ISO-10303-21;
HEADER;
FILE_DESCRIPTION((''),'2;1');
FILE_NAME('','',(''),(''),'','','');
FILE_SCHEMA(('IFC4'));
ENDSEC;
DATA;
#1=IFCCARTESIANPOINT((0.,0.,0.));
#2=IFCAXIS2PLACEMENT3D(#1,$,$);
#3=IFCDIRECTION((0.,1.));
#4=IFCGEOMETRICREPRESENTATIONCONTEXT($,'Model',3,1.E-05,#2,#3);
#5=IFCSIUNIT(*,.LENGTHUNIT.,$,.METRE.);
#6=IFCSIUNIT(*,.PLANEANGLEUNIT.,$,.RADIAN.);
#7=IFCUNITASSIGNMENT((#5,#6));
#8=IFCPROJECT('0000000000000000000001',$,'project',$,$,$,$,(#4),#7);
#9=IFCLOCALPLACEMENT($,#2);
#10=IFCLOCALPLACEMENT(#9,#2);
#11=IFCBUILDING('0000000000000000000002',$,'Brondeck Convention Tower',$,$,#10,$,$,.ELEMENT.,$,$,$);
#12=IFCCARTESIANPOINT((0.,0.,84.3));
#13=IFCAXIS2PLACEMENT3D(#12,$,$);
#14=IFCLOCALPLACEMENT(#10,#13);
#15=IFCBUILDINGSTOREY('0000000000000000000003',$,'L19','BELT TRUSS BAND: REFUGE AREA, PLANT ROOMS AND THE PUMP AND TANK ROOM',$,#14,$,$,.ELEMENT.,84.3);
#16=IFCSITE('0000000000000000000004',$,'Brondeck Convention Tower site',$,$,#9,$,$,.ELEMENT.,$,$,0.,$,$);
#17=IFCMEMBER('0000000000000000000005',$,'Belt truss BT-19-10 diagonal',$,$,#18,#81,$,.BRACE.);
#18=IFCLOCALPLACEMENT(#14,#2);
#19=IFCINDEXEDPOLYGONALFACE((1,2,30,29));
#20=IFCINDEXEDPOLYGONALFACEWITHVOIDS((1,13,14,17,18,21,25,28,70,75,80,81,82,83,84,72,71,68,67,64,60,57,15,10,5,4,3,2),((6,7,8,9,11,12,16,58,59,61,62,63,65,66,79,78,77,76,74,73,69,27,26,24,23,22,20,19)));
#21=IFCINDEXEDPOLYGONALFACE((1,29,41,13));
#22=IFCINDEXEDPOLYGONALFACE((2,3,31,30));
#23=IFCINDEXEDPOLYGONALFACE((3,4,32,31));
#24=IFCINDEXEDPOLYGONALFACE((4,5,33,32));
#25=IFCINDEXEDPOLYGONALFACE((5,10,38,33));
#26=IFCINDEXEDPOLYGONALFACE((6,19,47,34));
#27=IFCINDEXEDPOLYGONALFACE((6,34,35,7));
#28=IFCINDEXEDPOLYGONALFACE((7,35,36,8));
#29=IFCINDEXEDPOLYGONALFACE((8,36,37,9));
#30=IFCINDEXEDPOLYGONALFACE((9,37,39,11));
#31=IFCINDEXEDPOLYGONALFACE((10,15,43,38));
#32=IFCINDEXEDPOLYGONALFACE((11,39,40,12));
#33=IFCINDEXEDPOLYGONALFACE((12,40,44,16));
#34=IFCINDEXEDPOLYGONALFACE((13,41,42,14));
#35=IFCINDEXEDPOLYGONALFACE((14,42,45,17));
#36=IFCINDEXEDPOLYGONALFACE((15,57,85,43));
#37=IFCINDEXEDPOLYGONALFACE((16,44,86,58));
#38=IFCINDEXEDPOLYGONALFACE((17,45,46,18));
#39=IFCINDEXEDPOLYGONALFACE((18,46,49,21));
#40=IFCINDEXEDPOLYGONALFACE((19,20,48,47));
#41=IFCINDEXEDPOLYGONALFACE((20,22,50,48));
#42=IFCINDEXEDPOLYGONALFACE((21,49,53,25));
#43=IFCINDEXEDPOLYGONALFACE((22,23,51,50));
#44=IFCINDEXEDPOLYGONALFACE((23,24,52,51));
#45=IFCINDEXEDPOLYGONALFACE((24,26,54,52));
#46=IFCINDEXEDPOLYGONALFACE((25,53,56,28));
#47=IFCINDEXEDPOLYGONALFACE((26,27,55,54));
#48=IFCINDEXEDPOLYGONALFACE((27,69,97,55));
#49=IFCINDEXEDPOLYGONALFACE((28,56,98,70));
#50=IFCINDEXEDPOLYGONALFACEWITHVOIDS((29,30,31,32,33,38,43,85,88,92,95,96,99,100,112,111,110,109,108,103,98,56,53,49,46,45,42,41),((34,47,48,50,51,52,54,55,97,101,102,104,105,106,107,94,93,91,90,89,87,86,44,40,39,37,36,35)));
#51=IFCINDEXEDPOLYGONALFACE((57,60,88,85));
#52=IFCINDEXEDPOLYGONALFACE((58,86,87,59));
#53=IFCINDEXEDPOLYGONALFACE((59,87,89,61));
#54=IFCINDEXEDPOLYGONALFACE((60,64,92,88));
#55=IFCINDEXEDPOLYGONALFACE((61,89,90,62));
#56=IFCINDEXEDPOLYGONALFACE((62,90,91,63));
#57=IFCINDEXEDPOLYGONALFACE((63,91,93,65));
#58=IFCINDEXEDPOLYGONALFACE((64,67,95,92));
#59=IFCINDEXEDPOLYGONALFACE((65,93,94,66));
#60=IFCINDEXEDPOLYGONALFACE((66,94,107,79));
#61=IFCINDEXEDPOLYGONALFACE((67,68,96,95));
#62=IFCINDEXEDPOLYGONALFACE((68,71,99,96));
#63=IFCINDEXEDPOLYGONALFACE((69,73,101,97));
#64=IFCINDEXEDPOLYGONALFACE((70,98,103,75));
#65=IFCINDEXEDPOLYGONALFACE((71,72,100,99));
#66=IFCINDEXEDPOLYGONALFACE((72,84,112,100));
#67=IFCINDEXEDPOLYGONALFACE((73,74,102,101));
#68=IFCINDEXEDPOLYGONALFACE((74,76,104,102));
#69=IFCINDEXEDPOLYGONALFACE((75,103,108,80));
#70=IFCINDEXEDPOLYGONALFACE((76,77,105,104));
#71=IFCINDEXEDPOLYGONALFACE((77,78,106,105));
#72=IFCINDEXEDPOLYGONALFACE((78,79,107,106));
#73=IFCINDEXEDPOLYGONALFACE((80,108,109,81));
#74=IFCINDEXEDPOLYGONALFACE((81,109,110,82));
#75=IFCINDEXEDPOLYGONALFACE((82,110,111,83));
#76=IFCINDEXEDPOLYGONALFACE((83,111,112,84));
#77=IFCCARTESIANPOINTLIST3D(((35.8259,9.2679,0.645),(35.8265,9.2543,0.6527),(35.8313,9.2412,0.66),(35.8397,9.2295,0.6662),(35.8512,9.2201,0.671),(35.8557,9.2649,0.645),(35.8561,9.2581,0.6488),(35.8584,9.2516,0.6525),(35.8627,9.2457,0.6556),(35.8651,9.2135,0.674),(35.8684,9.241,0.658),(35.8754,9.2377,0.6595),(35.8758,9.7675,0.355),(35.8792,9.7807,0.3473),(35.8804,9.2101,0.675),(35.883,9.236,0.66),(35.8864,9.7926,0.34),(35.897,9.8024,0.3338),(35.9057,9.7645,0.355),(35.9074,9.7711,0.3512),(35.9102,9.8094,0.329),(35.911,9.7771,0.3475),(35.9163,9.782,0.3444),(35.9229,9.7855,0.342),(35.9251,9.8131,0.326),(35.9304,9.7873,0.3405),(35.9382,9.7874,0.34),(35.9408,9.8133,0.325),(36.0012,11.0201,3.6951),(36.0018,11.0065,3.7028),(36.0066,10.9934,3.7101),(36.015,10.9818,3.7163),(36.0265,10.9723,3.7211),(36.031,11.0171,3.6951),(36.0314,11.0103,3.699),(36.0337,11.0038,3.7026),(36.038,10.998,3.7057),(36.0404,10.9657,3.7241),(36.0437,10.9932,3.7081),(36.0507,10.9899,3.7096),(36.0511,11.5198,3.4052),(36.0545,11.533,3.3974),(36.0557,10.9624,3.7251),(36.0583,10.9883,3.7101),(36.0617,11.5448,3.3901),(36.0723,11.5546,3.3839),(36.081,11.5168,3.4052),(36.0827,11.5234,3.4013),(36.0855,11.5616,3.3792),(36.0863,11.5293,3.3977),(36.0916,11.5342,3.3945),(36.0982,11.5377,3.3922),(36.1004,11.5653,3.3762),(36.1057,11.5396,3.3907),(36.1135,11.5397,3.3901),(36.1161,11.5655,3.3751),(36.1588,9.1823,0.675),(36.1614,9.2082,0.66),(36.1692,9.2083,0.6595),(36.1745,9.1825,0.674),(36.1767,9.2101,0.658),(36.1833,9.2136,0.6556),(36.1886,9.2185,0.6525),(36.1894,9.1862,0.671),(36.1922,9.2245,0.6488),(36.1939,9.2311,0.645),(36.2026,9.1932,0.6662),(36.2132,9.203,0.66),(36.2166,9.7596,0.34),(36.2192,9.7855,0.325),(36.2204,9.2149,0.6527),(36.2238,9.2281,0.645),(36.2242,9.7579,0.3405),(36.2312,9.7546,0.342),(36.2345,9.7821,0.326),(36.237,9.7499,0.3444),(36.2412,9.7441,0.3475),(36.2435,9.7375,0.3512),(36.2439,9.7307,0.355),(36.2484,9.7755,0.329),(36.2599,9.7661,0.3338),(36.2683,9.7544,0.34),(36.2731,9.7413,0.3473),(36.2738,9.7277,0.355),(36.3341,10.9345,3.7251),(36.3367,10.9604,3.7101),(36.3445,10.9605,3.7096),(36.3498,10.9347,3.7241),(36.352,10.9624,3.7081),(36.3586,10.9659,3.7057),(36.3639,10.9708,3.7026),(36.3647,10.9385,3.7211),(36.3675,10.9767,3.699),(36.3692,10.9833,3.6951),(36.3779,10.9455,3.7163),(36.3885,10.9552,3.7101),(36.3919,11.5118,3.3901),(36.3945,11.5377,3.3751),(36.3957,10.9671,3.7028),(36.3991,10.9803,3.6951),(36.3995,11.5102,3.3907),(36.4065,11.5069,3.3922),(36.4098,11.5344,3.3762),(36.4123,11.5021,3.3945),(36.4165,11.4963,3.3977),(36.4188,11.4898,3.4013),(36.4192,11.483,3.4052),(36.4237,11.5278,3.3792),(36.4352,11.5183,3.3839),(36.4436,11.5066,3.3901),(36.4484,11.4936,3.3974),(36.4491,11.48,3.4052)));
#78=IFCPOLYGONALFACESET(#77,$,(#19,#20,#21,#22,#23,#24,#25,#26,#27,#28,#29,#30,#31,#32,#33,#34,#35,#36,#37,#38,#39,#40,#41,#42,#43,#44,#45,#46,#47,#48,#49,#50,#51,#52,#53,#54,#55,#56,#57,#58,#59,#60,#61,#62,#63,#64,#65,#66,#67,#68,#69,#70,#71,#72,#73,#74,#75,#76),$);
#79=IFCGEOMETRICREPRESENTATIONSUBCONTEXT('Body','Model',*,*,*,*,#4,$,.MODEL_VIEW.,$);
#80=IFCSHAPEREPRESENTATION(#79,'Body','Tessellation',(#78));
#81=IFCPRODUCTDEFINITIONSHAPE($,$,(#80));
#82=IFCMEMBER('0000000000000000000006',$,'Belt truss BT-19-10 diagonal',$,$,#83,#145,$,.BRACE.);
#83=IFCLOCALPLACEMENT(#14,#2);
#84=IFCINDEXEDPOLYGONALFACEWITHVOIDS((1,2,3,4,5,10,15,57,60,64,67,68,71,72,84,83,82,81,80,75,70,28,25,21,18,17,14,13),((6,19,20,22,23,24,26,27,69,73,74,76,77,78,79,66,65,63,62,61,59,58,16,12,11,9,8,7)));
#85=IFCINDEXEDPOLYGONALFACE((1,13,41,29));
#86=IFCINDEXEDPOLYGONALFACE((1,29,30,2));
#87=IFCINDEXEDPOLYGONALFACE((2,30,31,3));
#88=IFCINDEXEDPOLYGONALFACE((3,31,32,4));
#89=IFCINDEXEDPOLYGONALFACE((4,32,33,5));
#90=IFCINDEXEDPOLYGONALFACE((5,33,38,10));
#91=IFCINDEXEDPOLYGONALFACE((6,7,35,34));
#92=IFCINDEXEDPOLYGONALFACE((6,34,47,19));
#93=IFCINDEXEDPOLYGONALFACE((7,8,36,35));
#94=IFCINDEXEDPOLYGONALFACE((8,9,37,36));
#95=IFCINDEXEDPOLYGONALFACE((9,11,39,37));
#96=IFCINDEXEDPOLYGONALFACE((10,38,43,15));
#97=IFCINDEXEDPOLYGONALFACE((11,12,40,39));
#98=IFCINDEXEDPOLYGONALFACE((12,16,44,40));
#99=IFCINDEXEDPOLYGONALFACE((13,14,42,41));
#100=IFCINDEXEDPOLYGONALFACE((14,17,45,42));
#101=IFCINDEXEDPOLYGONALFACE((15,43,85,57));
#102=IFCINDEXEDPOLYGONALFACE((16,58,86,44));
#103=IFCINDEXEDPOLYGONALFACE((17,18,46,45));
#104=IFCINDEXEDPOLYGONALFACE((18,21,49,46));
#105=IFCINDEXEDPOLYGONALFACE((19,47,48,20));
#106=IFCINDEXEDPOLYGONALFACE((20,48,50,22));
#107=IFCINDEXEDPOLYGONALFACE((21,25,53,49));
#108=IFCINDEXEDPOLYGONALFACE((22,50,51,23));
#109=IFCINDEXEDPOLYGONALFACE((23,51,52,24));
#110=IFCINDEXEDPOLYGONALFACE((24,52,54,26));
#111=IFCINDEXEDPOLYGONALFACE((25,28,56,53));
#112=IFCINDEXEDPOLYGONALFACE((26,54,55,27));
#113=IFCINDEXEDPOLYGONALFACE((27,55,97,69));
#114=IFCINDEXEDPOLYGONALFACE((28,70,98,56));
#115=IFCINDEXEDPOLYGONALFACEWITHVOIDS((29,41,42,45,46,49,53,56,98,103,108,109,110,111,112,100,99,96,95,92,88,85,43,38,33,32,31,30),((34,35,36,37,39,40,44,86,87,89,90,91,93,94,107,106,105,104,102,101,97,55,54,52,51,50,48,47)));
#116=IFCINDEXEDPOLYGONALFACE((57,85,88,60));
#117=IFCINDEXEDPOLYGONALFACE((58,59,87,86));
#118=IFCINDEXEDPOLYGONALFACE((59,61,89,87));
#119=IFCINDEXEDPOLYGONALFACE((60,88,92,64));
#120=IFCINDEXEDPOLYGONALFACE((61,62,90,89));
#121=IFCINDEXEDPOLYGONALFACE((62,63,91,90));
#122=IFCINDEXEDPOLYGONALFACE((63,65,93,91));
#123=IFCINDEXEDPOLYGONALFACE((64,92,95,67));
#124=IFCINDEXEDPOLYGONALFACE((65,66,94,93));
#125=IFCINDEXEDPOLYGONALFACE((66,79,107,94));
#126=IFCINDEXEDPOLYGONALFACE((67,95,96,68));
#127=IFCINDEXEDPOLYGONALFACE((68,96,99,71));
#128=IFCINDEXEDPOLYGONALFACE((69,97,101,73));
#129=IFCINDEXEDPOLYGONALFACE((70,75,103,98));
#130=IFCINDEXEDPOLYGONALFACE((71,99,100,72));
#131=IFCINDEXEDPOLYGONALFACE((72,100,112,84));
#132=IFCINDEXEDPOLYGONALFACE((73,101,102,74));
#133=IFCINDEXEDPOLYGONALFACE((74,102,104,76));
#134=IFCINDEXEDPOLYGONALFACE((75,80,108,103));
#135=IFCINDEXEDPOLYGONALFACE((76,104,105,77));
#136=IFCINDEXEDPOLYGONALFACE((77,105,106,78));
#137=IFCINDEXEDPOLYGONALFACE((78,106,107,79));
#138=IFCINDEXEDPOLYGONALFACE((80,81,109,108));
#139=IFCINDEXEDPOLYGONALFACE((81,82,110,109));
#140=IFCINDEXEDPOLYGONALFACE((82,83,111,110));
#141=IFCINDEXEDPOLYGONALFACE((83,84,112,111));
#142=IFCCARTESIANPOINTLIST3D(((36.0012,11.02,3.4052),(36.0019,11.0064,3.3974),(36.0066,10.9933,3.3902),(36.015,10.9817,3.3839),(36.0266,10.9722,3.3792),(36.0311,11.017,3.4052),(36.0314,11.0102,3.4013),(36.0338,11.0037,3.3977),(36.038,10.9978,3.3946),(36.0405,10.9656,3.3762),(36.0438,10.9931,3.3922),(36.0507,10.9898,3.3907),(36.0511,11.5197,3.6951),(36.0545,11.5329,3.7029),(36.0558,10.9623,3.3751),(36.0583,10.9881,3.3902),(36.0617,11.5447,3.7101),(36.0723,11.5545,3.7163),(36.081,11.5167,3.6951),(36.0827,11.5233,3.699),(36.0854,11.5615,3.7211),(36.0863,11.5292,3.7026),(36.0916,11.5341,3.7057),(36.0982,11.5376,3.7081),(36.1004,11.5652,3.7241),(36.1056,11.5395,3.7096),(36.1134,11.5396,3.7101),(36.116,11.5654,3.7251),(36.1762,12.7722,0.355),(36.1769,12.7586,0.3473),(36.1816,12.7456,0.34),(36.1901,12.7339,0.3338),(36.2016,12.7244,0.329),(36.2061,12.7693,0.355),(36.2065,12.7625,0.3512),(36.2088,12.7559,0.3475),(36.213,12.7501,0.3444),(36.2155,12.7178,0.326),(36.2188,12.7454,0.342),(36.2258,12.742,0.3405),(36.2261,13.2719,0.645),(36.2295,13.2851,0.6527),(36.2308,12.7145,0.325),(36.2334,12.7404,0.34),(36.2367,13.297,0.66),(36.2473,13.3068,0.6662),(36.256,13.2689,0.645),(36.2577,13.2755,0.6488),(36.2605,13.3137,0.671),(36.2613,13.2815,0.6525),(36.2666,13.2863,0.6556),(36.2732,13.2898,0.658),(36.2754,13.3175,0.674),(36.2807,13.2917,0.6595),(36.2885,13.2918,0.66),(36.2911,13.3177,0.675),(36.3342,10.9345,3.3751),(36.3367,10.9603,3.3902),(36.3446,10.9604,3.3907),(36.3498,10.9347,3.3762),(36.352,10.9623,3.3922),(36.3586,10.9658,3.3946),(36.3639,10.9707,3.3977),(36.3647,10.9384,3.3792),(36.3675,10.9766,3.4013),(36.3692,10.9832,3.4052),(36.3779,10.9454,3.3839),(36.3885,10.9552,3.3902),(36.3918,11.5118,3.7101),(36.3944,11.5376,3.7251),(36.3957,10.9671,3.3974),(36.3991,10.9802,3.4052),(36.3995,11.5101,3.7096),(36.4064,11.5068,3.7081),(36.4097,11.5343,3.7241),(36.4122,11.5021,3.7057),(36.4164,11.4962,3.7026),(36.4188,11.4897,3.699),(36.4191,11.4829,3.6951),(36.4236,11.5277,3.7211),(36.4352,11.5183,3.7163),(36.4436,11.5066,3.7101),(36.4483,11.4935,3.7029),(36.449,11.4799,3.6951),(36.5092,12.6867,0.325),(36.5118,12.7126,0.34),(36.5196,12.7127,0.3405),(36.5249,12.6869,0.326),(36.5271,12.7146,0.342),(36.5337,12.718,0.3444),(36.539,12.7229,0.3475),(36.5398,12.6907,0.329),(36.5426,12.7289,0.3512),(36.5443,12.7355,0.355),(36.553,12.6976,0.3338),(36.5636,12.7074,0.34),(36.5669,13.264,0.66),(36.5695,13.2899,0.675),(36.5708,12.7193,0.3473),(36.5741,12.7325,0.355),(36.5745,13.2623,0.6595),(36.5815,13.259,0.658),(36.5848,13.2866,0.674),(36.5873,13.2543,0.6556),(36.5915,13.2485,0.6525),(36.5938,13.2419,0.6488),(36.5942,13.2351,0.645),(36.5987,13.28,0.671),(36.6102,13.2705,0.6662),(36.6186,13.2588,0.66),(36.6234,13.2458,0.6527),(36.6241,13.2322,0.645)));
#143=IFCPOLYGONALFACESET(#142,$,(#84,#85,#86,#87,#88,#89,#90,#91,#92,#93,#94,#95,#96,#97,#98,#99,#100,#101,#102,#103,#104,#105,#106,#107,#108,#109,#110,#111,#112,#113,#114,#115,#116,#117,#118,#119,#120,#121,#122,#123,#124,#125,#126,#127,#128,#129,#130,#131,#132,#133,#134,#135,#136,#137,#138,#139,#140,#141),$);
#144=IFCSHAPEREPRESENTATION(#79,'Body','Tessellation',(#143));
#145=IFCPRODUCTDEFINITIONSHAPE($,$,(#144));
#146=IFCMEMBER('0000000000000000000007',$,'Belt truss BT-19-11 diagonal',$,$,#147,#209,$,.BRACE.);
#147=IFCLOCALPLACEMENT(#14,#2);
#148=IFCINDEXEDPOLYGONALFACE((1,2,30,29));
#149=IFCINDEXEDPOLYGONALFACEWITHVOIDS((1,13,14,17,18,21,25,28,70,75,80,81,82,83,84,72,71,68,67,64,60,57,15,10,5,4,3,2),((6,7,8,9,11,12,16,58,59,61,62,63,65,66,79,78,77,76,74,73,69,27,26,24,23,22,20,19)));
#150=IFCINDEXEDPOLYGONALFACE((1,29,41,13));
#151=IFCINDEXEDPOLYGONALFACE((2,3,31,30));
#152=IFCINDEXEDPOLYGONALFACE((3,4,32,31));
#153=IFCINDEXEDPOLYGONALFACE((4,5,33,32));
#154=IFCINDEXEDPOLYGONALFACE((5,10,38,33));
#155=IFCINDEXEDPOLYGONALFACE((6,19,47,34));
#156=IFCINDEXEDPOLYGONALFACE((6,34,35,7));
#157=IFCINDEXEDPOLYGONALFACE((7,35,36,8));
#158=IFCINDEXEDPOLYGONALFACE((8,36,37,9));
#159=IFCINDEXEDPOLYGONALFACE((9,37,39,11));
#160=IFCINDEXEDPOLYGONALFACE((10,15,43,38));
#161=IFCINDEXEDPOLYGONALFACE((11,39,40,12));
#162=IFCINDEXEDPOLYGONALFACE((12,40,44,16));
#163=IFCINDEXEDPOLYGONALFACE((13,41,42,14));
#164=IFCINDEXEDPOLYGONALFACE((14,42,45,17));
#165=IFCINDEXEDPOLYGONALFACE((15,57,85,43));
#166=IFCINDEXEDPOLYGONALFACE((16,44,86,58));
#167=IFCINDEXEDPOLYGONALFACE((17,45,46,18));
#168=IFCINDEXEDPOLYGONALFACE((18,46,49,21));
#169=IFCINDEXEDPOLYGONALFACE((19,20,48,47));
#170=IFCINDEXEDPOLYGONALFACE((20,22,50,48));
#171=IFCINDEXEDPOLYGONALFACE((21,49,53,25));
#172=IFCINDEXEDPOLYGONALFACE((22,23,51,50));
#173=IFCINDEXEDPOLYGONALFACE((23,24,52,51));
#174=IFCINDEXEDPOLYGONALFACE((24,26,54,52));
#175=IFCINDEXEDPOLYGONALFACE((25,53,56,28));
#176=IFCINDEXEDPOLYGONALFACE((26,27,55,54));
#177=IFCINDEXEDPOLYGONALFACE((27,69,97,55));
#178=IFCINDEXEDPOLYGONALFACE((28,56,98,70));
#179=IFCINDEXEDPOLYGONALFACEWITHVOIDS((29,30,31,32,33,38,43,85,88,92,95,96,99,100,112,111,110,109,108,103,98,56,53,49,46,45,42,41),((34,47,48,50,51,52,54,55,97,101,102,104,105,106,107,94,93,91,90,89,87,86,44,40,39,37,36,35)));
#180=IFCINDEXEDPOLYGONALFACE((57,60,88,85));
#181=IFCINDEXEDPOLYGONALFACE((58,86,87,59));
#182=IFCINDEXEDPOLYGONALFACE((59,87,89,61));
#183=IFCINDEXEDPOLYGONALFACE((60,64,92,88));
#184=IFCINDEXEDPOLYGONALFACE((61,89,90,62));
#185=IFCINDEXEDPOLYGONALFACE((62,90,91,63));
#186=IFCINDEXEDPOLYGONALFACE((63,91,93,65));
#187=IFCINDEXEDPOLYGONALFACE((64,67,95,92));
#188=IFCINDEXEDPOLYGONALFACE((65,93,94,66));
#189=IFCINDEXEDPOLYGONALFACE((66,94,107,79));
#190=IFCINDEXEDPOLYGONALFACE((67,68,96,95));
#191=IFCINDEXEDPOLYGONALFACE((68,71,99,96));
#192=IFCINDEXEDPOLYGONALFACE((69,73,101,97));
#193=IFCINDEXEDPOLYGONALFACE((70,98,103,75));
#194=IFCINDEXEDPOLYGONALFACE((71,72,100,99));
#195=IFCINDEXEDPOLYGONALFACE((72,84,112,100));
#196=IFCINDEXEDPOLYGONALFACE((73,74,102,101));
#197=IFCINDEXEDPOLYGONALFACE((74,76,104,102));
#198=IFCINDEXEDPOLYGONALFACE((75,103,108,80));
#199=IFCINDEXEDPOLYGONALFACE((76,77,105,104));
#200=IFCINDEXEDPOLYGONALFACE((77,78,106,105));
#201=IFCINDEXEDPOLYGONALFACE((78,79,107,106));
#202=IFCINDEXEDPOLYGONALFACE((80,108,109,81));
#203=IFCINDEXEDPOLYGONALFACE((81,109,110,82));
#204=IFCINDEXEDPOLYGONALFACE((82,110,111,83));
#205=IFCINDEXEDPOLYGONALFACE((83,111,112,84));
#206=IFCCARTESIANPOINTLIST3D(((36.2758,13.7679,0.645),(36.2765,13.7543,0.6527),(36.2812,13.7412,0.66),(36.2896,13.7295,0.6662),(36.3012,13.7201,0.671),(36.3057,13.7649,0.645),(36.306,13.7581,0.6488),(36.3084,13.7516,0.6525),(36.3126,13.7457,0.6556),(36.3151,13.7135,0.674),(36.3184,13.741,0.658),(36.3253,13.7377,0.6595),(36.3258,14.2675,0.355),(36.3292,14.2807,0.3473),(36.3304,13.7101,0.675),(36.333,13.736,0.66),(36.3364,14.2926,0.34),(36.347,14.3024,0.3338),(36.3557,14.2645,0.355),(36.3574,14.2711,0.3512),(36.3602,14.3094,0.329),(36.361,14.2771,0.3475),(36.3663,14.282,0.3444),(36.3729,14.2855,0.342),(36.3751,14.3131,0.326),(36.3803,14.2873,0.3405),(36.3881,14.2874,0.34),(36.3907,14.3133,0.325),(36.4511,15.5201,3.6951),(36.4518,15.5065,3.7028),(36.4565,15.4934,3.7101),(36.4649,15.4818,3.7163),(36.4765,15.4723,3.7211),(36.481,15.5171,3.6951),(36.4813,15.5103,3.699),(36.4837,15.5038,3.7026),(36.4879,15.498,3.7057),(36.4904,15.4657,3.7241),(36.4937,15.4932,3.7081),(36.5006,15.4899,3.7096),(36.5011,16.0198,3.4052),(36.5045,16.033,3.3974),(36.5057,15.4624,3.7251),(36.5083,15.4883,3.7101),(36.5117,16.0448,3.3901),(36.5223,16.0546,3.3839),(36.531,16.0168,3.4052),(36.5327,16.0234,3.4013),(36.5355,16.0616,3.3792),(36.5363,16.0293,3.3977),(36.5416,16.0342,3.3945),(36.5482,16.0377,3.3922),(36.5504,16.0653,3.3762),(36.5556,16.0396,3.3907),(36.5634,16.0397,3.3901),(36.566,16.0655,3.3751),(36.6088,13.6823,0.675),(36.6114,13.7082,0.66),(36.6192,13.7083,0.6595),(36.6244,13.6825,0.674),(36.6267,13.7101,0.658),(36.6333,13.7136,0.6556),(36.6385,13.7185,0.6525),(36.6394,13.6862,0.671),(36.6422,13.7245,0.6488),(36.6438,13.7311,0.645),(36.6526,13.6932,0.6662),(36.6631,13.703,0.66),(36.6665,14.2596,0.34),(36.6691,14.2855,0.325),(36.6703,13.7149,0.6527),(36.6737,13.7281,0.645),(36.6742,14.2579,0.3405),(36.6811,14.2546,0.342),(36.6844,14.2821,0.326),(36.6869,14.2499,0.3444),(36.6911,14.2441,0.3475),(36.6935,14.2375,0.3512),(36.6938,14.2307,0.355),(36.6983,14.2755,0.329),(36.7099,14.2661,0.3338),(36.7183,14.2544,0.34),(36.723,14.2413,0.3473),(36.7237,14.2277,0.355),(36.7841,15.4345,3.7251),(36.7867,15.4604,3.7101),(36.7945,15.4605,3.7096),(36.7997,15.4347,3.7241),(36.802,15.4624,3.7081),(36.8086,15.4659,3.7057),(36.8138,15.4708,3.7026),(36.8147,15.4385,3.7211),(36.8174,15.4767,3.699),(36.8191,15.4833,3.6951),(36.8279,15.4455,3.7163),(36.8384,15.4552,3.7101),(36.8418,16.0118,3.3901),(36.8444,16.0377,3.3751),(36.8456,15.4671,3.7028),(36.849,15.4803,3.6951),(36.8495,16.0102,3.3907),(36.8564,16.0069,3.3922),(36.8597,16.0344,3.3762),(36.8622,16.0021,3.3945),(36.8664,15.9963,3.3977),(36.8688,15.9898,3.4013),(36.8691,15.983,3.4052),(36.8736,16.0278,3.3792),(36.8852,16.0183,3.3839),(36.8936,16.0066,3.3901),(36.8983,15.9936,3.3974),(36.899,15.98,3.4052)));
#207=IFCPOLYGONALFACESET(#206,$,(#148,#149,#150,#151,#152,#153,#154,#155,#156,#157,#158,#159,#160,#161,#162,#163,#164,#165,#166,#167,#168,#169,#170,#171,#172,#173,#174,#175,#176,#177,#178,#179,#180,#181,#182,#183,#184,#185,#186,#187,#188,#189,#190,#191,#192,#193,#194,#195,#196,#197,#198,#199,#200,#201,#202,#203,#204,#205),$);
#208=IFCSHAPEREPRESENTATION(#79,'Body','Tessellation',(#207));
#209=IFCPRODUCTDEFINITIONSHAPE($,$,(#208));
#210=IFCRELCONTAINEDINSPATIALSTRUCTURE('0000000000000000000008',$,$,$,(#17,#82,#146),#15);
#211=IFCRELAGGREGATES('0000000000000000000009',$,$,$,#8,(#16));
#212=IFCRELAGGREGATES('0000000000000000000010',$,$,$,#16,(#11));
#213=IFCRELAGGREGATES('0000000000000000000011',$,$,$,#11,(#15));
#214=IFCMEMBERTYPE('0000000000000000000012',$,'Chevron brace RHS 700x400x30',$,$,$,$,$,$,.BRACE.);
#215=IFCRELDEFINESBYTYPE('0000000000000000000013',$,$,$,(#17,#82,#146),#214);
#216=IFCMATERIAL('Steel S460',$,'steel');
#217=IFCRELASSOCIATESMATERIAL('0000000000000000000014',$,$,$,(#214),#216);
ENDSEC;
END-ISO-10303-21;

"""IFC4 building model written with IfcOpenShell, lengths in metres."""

from ifc_helpers import new_model, si_unit, direction, frame, origin, origin_2d, place, context, subcontext, project, spatial, hollow_rectangle, extrude, material, material_profile, profile_set, type_object, element, save


model = new_model("IFC4")

# Units and contexts
model_context = context("Model", 3, precision=1e-05, world=origin(), true_north=direction((0.0, 1.0)))
body_context = subcontext(model_context, "Body", "Model", "MODEL_VIEW")
ifc_project = project(units=[si_unit("LENGTHUNIT", "METRE"), si_unit("PLANEANGLEUNIT", "RADIAN")], contexts=[model_context])

# Site, building, storey
site_placement = place(None, origin())
site = spatial("IfcSite", under=ifc_project, at=site_placement, Name="Brondeck Convention Tower site", CompositionType="ELEMENT", RefElevation=0.0)
building_placement = place(site_placement, origin())
building = spatial("IfcBuilding", under=site, at=building_placement, Name="Brondeck Convention Tower", CompositionType="ELEMENT")
storey_placement = place(building_placement, frame((0.0, 0.0, 84.3)))
storey = spatial("IfcBuildingStorey", under=building, at=storey_placement, Name="L19", Description="BELT TRUSS BAND: REFUGE AREA, PLANT ROOMS AND THE PUMP AND TANK ROOM", CompositionType="ELEMENT", Elevation=84.3)

# Members
ifc_material_1 = material(Name="Steel S460", Category="steel")
ifc_material_profile_1 = material_profile(ifc_material_1, hollow_rectangle(XDim=0.3999, YDim=0.7, WallThickness=0.03, InnerFilletRadius=0.03, OuterFilletRadius=0.0601, at=origin_2d()), Name="RHS 700x400x30")
ifc_profile_set_1 = profile_set([ifc_material_profile_1], Name="Steel S460")
member_type_1 = type_object("IfcMemberType", Name="Chevron brace RHS 700x400x30", PredefinedType="BRACE", material=ifc_profile_set_1)
for number, where, z_axis, x_axis, name in (
    (1, (36.0498, 9.4978, 0.5), (0.049772, 0.497516, 0.866026), (-0.995033, 0.099545, 0.0), "Belt truss BT-19-10 diagonal"),
    (2, (36.4001, 13.0022, 0.5), (-0.049703, -0.497518, 0.866029), (0.995047, -0.099408, 0.0), "Belt truss BT-19-10 diagonal"),
    (3, (36.4998, 13.9978, 0.5), (0.049772, 0.497516, 0.866026), (-0.995033, 0.099545, 0.0), "Belt truss BT-19-11 diagonal"),
):
    element("IfcMember", number, at=place(storey_placement, frame(where, z_axis=z_axis, x_axis=x_axis)), inside=storey, type_object=member_type_1, Name=name, PredefinedType="BRACE", context=body_context, shape_type="SweptSolid", body=[
        extrude(hollow_rectangle(XDim=0.3999, YDim=0.7, WallThickness=0.03, InnerFilletRadius=0.03, OuterFilletRadius=0.0601, at=origin_2d()), origin(), (0.0, 0.0, 1.0), 3.522),
    ])

save(model, "model.ifc")
